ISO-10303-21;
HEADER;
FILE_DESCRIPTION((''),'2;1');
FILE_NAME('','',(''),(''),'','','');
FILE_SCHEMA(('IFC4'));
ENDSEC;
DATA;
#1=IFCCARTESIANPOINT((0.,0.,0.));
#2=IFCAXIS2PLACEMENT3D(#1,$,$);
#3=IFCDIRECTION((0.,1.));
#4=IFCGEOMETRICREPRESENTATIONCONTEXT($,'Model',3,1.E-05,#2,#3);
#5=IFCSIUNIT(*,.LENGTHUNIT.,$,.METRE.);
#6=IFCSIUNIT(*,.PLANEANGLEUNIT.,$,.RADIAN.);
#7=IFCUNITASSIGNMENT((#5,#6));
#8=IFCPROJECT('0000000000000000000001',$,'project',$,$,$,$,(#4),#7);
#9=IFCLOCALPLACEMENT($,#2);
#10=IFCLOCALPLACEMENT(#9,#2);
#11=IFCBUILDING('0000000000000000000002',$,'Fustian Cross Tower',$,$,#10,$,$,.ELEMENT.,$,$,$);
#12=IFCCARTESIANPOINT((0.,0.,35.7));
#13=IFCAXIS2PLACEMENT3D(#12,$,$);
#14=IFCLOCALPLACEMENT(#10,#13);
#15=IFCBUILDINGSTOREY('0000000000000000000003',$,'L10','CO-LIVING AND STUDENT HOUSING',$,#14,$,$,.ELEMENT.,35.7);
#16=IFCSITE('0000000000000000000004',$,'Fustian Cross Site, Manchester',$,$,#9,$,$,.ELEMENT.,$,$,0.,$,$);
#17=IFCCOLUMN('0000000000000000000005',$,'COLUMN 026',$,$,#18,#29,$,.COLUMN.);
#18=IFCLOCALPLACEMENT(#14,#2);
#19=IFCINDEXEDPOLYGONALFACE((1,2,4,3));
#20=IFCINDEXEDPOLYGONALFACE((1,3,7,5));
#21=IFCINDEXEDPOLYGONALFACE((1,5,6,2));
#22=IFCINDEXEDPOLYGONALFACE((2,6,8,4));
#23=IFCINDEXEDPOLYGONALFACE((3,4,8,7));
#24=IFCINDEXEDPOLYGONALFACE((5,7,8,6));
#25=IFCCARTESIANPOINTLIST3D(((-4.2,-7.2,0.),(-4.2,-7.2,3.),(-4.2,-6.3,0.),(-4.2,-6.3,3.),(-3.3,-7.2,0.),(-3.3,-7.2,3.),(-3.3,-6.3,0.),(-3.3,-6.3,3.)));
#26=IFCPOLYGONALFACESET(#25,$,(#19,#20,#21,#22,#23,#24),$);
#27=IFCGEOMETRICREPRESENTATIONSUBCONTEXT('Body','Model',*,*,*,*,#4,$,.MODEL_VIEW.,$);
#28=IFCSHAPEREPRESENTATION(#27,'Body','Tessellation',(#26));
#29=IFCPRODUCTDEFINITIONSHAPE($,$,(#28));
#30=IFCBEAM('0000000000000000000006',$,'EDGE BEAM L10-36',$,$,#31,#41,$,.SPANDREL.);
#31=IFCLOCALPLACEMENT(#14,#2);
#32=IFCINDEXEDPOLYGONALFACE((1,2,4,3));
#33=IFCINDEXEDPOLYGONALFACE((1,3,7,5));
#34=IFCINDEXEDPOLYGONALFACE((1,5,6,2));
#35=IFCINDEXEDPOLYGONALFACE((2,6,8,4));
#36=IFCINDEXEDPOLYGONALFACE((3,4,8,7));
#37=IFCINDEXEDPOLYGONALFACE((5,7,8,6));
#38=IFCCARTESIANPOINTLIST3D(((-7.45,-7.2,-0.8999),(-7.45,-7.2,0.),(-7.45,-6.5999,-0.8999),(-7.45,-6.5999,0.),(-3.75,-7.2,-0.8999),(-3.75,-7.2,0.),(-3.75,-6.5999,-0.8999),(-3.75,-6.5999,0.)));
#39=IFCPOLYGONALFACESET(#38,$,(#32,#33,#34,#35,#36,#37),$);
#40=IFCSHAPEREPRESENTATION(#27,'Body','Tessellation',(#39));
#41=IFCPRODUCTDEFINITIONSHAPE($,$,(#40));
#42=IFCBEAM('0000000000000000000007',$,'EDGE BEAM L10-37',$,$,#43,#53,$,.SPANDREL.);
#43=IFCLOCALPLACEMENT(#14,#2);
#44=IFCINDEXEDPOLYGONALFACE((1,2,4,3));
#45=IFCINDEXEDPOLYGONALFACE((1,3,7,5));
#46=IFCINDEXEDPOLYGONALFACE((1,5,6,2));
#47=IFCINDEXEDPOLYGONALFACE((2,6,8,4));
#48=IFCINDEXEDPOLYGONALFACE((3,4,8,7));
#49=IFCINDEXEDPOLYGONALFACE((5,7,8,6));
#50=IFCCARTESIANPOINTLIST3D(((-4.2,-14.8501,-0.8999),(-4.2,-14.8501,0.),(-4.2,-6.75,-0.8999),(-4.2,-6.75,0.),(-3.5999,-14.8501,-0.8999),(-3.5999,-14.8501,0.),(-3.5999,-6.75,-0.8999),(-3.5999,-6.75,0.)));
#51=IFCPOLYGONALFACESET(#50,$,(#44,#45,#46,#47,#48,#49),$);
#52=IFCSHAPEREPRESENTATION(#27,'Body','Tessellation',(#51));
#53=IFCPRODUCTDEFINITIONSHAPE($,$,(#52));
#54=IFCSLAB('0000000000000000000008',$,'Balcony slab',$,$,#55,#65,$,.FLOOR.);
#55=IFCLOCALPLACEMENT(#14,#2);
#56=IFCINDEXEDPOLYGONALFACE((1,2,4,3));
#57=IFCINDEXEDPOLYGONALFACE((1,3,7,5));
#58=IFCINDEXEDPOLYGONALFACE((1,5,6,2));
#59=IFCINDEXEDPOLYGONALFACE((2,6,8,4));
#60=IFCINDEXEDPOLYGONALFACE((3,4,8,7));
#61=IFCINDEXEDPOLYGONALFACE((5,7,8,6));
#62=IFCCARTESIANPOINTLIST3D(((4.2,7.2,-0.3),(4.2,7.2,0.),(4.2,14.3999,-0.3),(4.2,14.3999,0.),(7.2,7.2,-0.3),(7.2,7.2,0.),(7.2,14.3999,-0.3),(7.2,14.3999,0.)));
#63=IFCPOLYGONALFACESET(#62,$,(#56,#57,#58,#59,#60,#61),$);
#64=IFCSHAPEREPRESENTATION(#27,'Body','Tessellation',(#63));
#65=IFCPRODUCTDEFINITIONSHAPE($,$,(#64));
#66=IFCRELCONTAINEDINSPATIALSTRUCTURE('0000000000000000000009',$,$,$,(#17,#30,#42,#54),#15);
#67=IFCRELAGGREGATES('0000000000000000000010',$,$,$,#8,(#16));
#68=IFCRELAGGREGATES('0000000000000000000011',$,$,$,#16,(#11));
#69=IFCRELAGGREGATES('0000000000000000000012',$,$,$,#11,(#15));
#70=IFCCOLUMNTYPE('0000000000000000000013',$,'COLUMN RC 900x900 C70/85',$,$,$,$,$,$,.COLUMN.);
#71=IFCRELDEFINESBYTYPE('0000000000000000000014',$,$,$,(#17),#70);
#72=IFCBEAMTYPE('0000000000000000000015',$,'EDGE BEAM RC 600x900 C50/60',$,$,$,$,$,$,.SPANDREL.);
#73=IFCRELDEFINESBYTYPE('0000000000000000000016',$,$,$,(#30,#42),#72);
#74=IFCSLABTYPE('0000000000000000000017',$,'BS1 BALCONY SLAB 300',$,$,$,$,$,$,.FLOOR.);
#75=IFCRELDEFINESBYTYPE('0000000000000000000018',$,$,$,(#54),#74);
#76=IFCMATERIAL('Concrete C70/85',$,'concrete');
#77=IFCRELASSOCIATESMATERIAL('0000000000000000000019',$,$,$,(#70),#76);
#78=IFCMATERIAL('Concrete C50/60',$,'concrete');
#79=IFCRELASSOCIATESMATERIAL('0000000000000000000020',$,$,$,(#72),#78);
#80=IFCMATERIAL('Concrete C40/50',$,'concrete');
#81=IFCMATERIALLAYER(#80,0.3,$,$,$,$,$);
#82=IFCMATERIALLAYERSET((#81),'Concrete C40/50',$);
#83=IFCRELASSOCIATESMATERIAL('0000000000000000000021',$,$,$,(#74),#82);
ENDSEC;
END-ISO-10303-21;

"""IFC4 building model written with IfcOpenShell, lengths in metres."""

from ifc_helpers import new_model, si_unit, direction, frame, origin, origin_2d, place, context, subcontext, project, spatial, polyline, rectangle, outline, extrude, material, layer, layer_set, material_profile, profile_set, type_object, element, save


model = new_model("IFC4")

# Units and contexts
model_context = context("Model", 3, precision=1e-05, world=origin(), true_north=direction((0.0, 1.0)))
body_context = subcontext(model_context, "Body", "Model", "MODEL_VIEW")
ifc_project = project(units=[si_unit("LENGTHUNIT", "METRE"), si_unit("PLANEANGLEUNIT", "RADIAN")], contexts=[model_context])

# Site, building, storey
site_placement = place(None, origin())
site = spatial("IfcSite", under=ifc_project, at=site_placement, Name="Fustian Cross Site, Manchester", CompositionType="ELEMENT", RefElevation=0.0)
building_placement = place(site_placement, origin())
building = spatial("IfcBuilding", under=site, at=building_placement, Name="Fustian Cross Tower", CompositionType="ELEMENT")
storey_placement = place(building_placement, frame((0.0, 0.0, 35.7)))
storey = spatial("IfcBuildingStorey", under=building, at=storey_placement, Name="L10", Description="CO-LIVING AND STUDENT HOUSING", CompositionType="ELEMENT", Elevation=35.7)

# Column
ifc_material_1 = material(Name="Concrete C70/85", Category="concrete")
ifc_material_profile_1 = material_profile(ifc_material_1, rectangle(XDim=0.8999, YDim=0.8999, at=origin_2d()), Name="RC 900x900")
ifc_profile_set_1 = profile_set([ifc_material_profile_1], Name="Concrete C70/85")
column_type = type_object("IfcColumnType", Name="COLUMN RC 900x900 C70/85", PredefinedType="COLUMN", material=ifc_profile_set_1)
column_placement = place(storey_placement, frame((-3.75, -6.75, 0.0), z_axis=(0.0, 0.0, 1.0), x_axis=(1.0, 0.0, 0.0)))
element("IfcColumn", 1, at=column_placement, inside=storey, type_object=column_type, Name="COLUMN 026", PredefinedType="COLUMN", context=body_context, shape_type="SweptSolid", body=[
    extrude(rectangle(XDim=0.8999, YDim=0.8999, at=origin_2d()), origin(), (0.0, 0.0, 1.0), 3.0),
])

# Beams
ifc_material_2 = material(Name="Concrete C50/60", Category="concrete")
ifc_material_profile_2 = material_profile(ifc_material_2, rectangle(XDim=0.6001, YDim=0.8999, at=origin_2d()), Name="RC 600x900")
ifc_profile_set_2 = profile_set([ifc_material_profile_2], Name="Concrete C50/60")
beam_type = type_object("IfcBeamType", Name="EDGE BEAM RC 600x900 C50/60", PredefinedType="SPANDREL", material=ifc_profile_set_2)
beam_1_placement = place(storey_placement, frame((-7.45, -6.8999, -0.45), z_axis=(1.0, 0.0, 0.0), x_axis=(0.0, 1.0, 0.0)))
element("IfcBeam", 2, at=beam_1_placement, inside=storey, type_object=beam_type, Name="EDGE BEAM L10-36", PredefinedType="SPANDREL", context=body_context, shape_type="SweptSolid", body=[
    extrude(rectangle(XDim=0.6001, YDim=0.8999, at=origin_2d()), origin(), (0.0, 0.0, 1.0), 3.7),
])
beam_2_placement = place(storey_placement, frame((-3.8999, -6.75, -0.45), z_axis=(0.0, -1.0, 0.0), x_axis=(1.0, 0.0, 0.0)))
element("IfcBeam", 3, at=beam_2_placement, inside=storey, type_object=beam_type, Name="EDGE BEAM L10-37", PredefinedType="SPANDREL", context=body_context, shape_type="SweptSolid", body=[
    extrude(rectangle(XDim=0.6001, YDim=0.8999, at=origin_2d()), origin(), (0.0, 0.0, 1.0), 8.1001),
])

# Slab
ifc_material_3 = material(Name="Concrete C40/50", Category="concrete")
ifc_layer_1 = layer(ifc_material_3, 0.3)
ifc_layer_set_1 = layer_set([ifc_layer_1], Name="Concrete C40/50")
slab_type_1 = type_object("IfcSlabType", Name="BS1 BALCONY SLAB 300", PredefinedType="FLOOR", material=ifc_layer_set_1)
slab_1_placement = place(storey_placement, frame((0.0, 0.0, -0.3)))
element("IfcSlab", 4, at=slab_1_placement, inside=storey, type_object=slab_type_1, Name="Balcony slab", PredefinedType="FLOOR", context=body_context, shape_type="SweptSolid", body=[
    extrude(outline(polyline([(4.2, 7.2), (7.2, 7.2), (7.2, 14.3999), (4.2, 14.3999), (4.2, 7.2)])), origin(), (0.0, 0.0, 1.0), 0.3),
])

save(model, "model.ifc")
